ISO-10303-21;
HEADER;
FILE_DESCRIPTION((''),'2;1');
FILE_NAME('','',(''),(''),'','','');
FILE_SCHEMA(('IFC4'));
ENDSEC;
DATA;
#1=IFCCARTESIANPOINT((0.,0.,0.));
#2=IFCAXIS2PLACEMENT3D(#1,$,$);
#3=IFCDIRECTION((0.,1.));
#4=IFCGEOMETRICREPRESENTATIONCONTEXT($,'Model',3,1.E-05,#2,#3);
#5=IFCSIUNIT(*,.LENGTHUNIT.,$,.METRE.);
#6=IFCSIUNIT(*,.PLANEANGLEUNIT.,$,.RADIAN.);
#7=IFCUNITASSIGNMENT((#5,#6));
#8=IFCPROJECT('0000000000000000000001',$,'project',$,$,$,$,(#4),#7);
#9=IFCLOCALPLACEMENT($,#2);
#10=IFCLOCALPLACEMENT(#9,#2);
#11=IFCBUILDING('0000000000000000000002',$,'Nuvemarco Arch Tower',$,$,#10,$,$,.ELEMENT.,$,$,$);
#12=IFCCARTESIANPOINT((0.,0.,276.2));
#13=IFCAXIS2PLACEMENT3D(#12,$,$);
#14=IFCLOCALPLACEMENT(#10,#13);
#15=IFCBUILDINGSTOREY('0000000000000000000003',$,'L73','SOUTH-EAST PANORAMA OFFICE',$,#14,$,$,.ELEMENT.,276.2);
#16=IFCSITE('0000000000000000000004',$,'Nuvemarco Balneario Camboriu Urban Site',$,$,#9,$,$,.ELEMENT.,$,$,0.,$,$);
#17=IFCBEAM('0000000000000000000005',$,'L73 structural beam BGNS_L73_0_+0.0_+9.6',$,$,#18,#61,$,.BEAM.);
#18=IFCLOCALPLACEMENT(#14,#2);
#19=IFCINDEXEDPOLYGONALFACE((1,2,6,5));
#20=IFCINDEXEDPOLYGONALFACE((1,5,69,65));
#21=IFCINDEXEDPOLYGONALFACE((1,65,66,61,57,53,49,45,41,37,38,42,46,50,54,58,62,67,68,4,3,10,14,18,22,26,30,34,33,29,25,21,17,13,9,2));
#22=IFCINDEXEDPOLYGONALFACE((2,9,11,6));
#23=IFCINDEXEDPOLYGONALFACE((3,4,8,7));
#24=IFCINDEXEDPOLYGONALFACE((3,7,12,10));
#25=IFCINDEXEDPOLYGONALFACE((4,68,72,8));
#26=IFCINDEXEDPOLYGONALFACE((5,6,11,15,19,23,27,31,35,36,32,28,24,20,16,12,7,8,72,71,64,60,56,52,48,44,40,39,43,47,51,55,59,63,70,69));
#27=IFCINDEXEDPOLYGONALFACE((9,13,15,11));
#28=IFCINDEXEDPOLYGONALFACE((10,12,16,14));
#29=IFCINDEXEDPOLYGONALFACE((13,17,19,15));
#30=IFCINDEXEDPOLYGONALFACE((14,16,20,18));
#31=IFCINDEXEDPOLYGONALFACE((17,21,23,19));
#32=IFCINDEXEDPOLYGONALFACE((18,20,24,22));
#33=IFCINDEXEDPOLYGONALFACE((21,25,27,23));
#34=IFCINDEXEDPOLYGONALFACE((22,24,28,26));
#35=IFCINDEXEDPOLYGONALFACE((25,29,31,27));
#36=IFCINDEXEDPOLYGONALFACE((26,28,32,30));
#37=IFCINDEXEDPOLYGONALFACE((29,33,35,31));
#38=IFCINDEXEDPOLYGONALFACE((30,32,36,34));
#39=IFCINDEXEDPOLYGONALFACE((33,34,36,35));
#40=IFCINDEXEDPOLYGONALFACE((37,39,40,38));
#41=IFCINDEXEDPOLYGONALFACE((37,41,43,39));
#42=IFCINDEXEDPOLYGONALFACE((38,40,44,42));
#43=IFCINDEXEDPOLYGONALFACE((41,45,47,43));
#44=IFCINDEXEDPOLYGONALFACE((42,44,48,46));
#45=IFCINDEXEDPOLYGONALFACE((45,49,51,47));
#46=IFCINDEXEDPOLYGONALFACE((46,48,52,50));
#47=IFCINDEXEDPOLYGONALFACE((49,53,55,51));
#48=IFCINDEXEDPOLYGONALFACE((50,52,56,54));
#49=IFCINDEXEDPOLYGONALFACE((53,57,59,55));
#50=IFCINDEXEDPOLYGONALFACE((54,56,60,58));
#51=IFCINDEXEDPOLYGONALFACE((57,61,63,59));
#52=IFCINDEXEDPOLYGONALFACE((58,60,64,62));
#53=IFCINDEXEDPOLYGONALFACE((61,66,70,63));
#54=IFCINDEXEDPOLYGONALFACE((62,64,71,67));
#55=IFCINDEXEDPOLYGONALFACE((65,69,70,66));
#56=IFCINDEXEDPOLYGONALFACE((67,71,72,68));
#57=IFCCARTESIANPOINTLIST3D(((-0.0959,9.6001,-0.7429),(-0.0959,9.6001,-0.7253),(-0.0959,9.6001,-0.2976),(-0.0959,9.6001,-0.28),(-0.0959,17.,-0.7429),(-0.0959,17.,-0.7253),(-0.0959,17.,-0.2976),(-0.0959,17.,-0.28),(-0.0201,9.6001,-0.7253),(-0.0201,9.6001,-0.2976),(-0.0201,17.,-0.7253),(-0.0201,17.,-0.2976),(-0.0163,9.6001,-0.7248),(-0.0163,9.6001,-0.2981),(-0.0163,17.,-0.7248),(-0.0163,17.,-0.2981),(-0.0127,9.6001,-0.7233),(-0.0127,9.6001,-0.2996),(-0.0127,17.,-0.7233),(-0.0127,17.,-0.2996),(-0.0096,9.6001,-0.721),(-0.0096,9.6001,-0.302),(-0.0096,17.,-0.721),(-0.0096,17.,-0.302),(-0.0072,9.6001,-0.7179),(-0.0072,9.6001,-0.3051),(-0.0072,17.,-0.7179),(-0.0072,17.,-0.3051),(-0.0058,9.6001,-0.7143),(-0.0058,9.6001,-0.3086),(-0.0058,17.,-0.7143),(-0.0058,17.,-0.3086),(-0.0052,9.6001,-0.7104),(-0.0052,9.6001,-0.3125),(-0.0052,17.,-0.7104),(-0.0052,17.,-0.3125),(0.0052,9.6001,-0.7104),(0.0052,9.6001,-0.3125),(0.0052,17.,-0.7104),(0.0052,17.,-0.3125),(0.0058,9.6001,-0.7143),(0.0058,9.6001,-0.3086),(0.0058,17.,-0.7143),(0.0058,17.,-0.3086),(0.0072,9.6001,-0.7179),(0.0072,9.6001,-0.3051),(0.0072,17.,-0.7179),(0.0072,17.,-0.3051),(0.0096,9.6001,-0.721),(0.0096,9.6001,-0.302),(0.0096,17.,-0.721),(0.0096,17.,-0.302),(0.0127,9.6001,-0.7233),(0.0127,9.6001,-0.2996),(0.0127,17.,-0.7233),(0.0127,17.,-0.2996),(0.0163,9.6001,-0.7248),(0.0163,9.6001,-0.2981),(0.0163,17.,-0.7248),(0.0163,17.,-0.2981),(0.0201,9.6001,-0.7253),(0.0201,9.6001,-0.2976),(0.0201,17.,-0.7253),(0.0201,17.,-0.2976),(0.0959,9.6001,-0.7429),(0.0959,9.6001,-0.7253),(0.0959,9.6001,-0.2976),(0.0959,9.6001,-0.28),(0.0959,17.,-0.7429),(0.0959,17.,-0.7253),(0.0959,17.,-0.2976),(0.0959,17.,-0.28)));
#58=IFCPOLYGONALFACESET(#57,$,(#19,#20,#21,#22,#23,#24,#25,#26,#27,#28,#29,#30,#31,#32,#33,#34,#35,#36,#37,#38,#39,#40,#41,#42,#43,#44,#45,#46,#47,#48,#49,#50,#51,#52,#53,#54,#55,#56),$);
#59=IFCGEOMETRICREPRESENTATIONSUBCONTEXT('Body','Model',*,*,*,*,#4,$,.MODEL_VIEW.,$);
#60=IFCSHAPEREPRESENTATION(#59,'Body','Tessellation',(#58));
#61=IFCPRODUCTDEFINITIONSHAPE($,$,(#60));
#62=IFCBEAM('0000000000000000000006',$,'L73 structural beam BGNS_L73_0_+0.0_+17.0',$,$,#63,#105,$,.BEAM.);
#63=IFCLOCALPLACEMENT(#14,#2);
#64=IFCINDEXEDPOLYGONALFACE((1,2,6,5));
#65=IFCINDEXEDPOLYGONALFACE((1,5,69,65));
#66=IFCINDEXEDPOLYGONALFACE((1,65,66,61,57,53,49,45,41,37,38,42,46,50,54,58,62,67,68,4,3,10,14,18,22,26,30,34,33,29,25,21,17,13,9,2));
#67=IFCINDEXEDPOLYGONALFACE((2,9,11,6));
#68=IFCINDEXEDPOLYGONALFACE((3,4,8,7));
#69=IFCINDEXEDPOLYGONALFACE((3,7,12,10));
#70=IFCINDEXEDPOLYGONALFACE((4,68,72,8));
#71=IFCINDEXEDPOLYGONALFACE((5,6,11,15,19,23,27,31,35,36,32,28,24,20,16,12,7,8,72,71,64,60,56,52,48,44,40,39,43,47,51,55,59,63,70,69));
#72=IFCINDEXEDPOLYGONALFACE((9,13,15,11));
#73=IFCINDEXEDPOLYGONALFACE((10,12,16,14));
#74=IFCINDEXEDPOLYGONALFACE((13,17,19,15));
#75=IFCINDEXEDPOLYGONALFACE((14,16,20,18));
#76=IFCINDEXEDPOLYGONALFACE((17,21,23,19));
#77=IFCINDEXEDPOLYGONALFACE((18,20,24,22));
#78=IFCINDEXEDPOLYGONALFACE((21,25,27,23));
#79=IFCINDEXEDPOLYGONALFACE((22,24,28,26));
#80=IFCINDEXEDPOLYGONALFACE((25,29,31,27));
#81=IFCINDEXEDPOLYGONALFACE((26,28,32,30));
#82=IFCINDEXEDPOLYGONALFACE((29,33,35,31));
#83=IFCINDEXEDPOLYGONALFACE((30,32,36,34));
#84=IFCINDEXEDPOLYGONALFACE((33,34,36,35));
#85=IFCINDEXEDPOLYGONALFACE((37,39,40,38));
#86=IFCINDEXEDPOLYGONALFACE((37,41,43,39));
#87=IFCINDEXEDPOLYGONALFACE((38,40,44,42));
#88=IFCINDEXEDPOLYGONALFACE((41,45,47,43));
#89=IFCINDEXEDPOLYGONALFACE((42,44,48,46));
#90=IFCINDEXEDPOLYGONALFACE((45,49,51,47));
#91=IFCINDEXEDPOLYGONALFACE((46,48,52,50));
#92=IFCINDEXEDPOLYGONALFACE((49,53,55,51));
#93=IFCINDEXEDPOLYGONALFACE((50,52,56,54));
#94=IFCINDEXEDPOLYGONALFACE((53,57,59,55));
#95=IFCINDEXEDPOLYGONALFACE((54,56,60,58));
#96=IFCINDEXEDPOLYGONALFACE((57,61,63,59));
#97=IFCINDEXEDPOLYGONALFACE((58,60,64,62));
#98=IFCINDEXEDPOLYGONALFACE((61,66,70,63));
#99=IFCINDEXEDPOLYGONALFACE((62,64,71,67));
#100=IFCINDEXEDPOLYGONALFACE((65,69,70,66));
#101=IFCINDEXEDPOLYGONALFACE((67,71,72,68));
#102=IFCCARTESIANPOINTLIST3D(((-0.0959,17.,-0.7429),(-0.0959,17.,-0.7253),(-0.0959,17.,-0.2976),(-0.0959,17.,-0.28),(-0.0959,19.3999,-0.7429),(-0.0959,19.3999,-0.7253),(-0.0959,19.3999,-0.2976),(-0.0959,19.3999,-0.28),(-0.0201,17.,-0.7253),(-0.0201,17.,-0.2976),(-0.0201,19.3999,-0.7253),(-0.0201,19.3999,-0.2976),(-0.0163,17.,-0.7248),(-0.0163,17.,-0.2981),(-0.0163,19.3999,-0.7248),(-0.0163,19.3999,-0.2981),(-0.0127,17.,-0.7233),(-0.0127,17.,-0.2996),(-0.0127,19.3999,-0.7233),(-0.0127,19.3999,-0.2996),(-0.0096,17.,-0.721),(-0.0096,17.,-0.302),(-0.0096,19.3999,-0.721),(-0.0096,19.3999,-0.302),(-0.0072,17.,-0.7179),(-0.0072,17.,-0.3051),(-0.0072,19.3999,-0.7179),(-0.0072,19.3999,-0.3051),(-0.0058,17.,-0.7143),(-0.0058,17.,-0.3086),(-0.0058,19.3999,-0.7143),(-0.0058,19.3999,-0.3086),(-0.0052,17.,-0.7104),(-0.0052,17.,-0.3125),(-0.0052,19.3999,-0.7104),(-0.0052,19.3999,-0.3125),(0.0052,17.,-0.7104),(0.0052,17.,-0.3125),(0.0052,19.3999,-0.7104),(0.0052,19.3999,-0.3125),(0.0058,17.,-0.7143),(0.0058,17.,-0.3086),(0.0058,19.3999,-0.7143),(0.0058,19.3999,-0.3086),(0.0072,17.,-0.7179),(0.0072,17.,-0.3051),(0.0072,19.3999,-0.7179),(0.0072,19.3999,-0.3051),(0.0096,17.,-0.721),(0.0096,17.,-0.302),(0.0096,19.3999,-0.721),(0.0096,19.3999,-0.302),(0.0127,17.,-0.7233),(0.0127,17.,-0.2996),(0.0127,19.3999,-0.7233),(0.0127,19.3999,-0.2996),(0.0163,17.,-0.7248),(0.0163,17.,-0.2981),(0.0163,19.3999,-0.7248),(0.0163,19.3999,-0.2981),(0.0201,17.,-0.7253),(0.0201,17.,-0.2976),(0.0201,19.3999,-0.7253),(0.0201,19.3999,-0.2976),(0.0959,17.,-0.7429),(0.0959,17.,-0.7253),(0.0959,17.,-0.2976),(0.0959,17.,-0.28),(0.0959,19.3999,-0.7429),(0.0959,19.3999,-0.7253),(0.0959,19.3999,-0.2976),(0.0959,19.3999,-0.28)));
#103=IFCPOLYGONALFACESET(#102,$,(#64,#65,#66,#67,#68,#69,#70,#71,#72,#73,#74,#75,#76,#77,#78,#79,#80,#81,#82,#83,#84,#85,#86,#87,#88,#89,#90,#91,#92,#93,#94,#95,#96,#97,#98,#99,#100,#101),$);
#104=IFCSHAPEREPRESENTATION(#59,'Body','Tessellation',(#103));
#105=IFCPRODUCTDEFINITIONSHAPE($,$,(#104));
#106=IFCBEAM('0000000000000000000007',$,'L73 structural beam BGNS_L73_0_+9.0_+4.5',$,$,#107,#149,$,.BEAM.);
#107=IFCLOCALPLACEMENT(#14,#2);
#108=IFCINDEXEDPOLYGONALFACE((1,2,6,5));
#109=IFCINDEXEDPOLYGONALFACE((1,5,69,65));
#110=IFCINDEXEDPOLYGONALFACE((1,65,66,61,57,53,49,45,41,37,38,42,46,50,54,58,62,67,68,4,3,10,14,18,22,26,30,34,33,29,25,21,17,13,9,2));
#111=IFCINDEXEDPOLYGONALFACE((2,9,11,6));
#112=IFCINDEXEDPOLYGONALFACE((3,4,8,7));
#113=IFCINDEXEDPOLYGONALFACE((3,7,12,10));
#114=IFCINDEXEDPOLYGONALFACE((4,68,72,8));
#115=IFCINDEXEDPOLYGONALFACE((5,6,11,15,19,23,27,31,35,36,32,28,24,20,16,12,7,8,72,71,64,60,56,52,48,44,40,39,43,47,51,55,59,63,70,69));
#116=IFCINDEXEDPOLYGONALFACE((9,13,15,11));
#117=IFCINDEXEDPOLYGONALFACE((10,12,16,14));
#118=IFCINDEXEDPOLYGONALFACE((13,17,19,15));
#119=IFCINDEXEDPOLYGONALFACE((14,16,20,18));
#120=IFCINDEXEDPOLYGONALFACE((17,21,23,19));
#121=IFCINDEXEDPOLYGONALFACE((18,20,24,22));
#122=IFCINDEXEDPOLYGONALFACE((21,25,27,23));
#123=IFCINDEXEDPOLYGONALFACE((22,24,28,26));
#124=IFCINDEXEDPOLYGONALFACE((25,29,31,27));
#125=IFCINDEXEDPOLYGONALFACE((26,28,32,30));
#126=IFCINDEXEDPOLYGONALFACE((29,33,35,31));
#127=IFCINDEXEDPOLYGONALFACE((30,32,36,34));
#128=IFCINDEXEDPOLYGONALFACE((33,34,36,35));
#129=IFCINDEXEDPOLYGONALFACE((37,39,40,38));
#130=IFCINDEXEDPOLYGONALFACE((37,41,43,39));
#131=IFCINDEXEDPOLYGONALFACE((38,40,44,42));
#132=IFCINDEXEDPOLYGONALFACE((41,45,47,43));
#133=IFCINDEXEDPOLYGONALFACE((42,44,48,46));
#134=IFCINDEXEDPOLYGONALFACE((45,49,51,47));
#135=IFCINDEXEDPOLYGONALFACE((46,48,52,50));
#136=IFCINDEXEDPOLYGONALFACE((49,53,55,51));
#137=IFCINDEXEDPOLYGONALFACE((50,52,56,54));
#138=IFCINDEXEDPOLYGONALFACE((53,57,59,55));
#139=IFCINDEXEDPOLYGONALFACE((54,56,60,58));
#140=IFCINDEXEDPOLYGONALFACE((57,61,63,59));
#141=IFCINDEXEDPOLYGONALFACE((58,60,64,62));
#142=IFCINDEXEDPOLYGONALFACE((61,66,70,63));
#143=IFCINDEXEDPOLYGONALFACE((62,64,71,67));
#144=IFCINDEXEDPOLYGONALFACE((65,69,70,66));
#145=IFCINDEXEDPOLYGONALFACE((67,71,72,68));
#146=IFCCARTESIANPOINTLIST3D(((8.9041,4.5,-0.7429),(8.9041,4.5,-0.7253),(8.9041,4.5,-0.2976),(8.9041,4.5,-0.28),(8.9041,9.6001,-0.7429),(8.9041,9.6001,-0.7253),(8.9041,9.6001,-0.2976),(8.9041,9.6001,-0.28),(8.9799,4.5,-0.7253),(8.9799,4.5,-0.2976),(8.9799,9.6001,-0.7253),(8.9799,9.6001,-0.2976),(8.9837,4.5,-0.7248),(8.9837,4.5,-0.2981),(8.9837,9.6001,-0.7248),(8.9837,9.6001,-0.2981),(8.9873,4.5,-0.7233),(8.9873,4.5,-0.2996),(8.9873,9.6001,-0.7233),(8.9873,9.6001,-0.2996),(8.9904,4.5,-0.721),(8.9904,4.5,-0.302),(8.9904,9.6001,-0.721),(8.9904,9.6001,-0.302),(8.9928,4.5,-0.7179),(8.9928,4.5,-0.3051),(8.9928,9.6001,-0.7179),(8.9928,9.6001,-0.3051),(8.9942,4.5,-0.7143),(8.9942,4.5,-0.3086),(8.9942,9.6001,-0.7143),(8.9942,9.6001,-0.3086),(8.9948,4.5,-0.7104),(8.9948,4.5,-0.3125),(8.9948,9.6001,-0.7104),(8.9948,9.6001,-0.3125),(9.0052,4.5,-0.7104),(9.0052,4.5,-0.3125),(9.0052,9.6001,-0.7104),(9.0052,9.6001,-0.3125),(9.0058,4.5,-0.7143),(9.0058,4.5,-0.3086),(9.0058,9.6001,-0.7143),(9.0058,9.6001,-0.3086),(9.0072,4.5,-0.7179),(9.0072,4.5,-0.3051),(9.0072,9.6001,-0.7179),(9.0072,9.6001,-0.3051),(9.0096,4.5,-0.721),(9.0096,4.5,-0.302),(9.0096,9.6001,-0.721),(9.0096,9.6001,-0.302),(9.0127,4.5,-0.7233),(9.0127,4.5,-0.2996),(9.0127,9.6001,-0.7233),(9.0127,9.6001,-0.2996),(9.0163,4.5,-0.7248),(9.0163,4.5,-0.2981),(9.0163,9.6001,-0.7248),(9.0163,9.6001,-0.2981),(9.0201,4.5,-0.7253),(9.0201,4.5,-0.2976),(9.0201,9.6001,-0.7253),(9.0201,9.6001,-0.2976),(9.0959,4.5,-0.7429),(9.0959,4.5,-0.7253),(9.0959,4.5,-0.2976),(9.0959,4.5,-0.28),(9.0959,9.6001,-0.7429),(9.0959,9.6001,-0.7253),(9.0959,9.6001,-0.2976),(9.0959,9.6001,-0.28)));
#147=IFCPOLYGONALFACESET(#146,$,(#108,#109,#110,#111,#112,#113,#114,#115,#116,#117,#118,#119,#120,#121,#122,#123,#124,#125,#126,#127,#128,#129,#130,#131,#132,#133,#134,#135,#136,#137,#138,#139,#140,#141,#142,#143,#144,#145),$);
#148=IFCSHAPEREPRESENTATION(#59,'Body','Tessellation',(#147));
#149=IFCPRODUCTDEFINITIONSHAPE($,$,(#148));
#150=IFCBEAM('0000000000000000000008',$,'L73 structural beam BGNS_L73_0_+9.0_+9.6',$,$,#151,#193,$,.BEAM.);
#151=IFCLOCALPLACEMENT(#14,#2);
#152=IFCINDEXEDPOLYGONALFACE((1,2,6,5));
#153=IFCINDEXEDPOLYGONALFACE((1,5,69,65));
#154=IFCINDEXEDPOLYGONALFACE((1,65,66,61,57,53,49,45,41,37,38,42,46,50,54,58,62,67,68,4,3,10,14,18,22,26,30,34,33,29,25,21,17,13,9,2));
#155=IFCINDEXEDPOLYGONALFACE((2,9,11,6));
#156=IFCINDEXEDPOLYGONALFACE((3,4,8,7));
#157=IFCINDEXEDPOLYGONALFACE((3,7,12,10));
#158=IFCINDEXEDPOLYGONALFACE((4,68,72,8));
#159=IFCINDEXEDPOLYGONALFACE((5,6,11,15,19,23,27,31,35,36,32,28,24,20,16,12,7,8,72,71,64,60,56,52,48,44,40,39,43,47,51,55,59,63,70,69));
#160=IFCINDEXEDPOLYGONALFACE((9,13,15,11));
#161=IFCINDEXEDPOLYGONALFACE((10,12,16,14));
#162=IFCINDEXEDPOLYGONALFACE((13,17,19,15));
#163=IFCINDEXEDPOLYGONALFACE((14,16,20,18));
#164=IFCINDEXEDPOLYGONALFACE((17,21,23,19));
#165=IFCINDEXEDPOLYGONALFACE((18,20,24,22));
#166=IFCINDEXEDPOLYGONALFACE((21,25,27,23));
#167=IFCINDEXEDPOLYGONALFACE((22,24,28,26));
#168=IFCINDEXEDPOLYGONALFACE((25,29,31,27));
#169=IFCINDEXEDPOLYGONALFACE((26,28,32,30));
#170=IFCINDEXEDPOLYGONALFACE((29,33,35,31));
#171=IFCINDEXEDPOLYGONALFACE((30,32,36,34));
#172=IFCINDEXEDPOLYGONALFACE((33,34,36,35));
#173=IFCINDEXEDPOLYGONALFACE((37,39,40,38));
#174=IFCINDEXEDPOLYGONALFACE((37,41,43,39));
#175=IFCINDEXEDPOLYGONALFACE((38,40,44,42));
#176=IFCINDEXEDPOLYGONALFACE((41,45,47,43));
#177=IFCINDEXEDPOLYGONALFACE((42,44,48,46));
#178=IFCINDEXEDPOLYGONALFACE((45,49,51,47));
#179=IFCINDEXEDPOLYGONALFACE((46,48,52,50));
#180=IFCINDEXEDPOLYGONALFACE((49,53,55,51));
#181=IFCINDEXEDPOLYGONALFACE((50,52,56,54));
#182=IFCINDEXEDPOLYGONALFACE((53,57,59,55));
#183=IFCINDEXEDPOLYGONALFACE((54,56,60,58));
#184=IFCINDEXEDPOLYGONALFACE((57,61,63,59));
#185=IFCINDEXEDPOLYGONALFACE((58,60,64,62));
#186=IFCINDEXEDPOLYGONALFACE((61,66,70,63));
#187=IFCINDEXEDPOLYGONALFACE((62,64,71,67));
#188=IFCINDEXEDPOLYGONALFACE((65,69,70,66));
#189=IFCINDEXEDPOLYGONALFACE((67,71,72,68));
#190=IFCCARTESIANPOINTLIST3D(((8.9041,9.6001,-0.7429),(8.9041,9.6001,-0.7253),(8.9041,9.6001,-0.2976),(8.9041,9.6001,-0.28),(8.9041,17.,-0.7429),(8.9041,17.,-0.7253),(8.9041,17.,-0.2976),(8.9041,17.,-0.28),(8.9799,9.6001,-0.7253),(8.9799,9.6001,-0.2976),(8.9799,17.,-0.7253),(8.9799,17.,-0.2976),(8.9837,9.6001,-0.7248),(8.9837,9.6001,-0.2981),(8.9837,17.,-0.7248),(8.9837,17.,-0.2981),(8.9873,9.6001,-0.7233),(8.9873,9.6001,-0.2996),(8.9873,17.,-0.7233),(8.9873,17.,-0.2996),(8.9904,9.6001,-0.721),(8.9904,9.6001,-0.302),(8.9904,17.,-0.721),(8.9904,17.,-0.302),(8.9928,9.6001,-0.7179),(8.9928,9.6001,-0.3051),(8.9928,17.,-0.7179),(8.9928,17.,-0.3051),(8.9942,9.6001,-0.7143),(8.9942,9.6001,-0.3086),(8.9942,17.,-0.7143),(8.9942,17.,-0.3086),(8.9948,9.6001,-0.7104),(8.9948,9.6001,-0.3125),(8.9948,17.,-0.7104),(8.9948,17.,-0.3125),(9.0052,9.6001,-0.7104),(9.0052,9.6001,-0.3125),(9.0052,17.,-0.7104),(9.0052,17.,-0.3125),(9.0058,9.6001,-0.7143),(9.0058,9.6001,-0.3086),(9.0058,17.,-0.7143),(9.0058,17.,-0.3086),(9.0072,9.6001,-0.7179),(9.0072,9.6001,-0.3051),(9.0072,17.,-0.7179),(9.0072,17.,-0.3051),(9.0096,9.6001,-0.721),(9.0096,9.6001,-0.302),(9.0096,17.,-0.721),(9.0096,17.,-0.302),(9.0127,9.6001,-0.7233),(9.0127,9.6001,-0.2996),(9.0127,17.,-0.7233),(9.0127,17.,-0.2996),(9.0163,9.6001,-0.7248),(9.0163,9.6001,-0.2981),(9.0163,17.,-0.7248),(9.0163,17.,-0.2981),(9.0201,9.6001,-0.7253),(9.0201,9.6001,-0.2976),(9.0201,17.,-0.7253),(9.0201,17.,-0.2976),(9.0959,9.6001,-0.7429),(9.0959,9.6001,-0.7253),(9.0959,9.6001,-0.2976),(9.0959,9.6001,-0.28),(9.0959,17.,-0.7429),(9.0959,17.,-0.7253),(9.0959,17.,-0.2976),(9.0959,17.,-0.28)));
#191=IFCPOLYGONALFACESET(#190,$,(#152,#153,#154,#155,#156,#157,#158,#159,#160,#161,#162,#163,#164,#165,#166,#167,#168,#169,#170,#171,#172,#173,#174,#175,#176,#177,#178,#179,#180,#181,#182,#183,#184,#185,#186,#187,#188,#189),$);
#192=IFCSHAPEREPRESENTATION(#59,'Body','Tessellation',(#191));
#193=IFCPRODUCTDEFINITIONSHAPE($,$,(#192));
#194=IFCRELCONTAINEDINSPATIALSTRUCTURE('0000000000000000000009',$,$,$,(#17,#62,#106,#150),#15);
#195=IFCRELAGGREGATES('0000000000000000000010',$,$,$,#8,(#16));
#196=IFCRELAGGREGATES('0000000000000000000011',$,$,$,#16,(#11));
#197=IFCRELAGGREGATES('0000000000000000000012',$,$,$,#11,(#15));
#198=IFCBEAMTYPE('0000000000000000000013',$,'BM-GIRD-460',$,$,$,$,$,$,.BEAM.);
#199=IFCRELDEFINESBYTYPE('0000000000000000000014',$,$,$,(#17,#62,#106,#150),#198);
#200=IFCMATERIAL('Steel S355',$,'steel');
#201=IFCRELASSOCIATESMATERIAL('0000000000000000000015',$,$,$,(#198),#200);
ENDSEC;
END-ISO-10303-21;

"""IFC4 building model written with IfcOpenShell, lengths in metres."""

from ifc_helpers import new_model, si_unit, direction, frame, origin, origin_2d, place, context, subcontext, project, spatial, i_section, extrude, material, material_profile, profile_set, type_object, element, save


model = new_model("IFC4")

# Units and contexts
model_context = context("Model", 3, precision=1e-05, world=origin(), true_north=direction((0.0, 1.0)))
body_context = subcontext(model_context, "Body", "Model", "MODEL_VIEW")
ifc_project = project(units=[si_unit("LENGTHUNIT", "METRE"), si_unit("PLANEANGLEUNIT", "RADIAN")], contexts=[model_context])

# Site, building, storey
site_placement = place(None, origin())
site = spatial("IfcSite", under=ifc_project, at=site_placement, Name="Nuvemarco Balneario Camboriu Urban Site", CompositionType="ELEMENT", RefElevation=0.0)
building_placement = place(site_placement, origin())
building = spatial("IfcBuilding", under=site, at=building_placement, Name="Nuvemarco Arch Tower", CompositionType="ELEMENT")
storey_placement = place(building_placement, frame((0.0, 0.0, 276.2)))
storey = spatial("IfcBuildingStorey", under=building, at=storey_placement, Name="L73", Description="SOUTH-EAST PANORAMA OFFICE", CompositionType="ELEMENT", Elevation=276.2)

# Shared definitions
ifc_material_1 = material(Name="Steel S355", Category="steel")

# Beams
ifc_material_profile_1 = material_profile(ifc_material_1, i_section(OverallWidth=0.1919, OverallDepth=0.4629, WebThickness=0.0105, FlangeThickness=0.0176, FilletRadius=0.0149, at=origin_2d()), Name="W460x89")
ifc_profile_set_1 = profile_set([ifc_material_profile_1], Name="Steel S355")
beam_type_1 = type_object("IfcBeamType", Name="BM-GIRD-460", PredefinedType="BEAM", material=ifc_profile_set_1)
beam_1_placement = place(storey_placement, frame((0.0, 9.6001, -0.5115), z_axis=(0.0, 1.0, 0.0), x_axis=(-1.0, 0.0, 0.0)))
element("IfcBeam", 1, at=beam_1_placement, inside=storey, type_object=beam_type_1, Name="L73 structural beam BGNS_L73_0_+0.0_+9.6", PredefinedType="BEAM", context=body_context, shape_type="SweptSolid", body=[
    extrude(i_section(OverallWidth=0.1919, OverallDepth=0.4629, WebThickness=0.0105, FlangeThickness=0.0176, FilletRadius=0.0149, at=origin_2d()), origin(), (0.0, 0.0, 1.0), 7.3999),
])
beam_2_placement = place(storey_placement, frame((0.0, 17.0, -0.5115), z_axis=(0.0, 1.0, 0.0), x_axis=(-1.0, 0.0, 0.0)))
element("IfcBeam", 2, at=beam_2_placement, inside=storey, type_object=beam_type_1, Name="L73 structural beam BGNS_L73_0_+0.0_+17.0", PredefinedType="BEAM", context=body_context, shape_type="SweptSolid", body=[
    extrude(i_section(OverallWidth=0.1919, OverallDepth=0.4629, WebThickness=0.0105, FlangeThickness=0.0176, FilletRadius=0.0149, at=origin_2d()), origin(), (0.0, 0.0, 1.0), 2.3999),
])
beam_3_placement = place(storey_placement, frame((9.0, 4.5, -0.5115), z_axis=(0.0, 1.0, 0.0), x_axis=(-1.0, 0.0, 0.0)))
element("IfcBeam", 3, at=beam_3_placement, inside=storey, type_object=beam_type_1, Name="L73 structural beam BGNS_L73_0_+9.0_+4.5", PredefinedType="BEAM", context=body_context, shape_type="SweptSolid", body=[
    extrude(i_section(OverallWidth=0.1919, OverallDepth=0.4629, WebThickness=0.0105, FlangeThickness=0.0176, FilletRadius=0.0149, at=origin_2d()), origin(), (0.0, 0.0, 1.0), 5.1001),
])
beam_4_placement = place(storey_placement, frame((9.0, 9.6001, -0.5115), z_axis=(0.0, 1.0, 0.0), x_axis=(-1.0, 0.0, 0.0)))
element("IfcBeam", 4, at=beam_4_placement, inside=storey, type_object=beam_type_1, Name="L73 structural beam BGNS_L73_0_+9.0_+9.6", PredefinedType="BEAM", context=body_context, shape_type="SweptSolid", body=[
    extrude(i_section(OverallWidth=0.1919, OverallDepth=0.4629, WebThickness=0.0105, FlangeThickness=0.0176, FilletRadius=0.0149, at=origin_2d()), origin(), (0.0, 0.0, 1.0), 7.3999),
])

save(model, "model.ifc")
